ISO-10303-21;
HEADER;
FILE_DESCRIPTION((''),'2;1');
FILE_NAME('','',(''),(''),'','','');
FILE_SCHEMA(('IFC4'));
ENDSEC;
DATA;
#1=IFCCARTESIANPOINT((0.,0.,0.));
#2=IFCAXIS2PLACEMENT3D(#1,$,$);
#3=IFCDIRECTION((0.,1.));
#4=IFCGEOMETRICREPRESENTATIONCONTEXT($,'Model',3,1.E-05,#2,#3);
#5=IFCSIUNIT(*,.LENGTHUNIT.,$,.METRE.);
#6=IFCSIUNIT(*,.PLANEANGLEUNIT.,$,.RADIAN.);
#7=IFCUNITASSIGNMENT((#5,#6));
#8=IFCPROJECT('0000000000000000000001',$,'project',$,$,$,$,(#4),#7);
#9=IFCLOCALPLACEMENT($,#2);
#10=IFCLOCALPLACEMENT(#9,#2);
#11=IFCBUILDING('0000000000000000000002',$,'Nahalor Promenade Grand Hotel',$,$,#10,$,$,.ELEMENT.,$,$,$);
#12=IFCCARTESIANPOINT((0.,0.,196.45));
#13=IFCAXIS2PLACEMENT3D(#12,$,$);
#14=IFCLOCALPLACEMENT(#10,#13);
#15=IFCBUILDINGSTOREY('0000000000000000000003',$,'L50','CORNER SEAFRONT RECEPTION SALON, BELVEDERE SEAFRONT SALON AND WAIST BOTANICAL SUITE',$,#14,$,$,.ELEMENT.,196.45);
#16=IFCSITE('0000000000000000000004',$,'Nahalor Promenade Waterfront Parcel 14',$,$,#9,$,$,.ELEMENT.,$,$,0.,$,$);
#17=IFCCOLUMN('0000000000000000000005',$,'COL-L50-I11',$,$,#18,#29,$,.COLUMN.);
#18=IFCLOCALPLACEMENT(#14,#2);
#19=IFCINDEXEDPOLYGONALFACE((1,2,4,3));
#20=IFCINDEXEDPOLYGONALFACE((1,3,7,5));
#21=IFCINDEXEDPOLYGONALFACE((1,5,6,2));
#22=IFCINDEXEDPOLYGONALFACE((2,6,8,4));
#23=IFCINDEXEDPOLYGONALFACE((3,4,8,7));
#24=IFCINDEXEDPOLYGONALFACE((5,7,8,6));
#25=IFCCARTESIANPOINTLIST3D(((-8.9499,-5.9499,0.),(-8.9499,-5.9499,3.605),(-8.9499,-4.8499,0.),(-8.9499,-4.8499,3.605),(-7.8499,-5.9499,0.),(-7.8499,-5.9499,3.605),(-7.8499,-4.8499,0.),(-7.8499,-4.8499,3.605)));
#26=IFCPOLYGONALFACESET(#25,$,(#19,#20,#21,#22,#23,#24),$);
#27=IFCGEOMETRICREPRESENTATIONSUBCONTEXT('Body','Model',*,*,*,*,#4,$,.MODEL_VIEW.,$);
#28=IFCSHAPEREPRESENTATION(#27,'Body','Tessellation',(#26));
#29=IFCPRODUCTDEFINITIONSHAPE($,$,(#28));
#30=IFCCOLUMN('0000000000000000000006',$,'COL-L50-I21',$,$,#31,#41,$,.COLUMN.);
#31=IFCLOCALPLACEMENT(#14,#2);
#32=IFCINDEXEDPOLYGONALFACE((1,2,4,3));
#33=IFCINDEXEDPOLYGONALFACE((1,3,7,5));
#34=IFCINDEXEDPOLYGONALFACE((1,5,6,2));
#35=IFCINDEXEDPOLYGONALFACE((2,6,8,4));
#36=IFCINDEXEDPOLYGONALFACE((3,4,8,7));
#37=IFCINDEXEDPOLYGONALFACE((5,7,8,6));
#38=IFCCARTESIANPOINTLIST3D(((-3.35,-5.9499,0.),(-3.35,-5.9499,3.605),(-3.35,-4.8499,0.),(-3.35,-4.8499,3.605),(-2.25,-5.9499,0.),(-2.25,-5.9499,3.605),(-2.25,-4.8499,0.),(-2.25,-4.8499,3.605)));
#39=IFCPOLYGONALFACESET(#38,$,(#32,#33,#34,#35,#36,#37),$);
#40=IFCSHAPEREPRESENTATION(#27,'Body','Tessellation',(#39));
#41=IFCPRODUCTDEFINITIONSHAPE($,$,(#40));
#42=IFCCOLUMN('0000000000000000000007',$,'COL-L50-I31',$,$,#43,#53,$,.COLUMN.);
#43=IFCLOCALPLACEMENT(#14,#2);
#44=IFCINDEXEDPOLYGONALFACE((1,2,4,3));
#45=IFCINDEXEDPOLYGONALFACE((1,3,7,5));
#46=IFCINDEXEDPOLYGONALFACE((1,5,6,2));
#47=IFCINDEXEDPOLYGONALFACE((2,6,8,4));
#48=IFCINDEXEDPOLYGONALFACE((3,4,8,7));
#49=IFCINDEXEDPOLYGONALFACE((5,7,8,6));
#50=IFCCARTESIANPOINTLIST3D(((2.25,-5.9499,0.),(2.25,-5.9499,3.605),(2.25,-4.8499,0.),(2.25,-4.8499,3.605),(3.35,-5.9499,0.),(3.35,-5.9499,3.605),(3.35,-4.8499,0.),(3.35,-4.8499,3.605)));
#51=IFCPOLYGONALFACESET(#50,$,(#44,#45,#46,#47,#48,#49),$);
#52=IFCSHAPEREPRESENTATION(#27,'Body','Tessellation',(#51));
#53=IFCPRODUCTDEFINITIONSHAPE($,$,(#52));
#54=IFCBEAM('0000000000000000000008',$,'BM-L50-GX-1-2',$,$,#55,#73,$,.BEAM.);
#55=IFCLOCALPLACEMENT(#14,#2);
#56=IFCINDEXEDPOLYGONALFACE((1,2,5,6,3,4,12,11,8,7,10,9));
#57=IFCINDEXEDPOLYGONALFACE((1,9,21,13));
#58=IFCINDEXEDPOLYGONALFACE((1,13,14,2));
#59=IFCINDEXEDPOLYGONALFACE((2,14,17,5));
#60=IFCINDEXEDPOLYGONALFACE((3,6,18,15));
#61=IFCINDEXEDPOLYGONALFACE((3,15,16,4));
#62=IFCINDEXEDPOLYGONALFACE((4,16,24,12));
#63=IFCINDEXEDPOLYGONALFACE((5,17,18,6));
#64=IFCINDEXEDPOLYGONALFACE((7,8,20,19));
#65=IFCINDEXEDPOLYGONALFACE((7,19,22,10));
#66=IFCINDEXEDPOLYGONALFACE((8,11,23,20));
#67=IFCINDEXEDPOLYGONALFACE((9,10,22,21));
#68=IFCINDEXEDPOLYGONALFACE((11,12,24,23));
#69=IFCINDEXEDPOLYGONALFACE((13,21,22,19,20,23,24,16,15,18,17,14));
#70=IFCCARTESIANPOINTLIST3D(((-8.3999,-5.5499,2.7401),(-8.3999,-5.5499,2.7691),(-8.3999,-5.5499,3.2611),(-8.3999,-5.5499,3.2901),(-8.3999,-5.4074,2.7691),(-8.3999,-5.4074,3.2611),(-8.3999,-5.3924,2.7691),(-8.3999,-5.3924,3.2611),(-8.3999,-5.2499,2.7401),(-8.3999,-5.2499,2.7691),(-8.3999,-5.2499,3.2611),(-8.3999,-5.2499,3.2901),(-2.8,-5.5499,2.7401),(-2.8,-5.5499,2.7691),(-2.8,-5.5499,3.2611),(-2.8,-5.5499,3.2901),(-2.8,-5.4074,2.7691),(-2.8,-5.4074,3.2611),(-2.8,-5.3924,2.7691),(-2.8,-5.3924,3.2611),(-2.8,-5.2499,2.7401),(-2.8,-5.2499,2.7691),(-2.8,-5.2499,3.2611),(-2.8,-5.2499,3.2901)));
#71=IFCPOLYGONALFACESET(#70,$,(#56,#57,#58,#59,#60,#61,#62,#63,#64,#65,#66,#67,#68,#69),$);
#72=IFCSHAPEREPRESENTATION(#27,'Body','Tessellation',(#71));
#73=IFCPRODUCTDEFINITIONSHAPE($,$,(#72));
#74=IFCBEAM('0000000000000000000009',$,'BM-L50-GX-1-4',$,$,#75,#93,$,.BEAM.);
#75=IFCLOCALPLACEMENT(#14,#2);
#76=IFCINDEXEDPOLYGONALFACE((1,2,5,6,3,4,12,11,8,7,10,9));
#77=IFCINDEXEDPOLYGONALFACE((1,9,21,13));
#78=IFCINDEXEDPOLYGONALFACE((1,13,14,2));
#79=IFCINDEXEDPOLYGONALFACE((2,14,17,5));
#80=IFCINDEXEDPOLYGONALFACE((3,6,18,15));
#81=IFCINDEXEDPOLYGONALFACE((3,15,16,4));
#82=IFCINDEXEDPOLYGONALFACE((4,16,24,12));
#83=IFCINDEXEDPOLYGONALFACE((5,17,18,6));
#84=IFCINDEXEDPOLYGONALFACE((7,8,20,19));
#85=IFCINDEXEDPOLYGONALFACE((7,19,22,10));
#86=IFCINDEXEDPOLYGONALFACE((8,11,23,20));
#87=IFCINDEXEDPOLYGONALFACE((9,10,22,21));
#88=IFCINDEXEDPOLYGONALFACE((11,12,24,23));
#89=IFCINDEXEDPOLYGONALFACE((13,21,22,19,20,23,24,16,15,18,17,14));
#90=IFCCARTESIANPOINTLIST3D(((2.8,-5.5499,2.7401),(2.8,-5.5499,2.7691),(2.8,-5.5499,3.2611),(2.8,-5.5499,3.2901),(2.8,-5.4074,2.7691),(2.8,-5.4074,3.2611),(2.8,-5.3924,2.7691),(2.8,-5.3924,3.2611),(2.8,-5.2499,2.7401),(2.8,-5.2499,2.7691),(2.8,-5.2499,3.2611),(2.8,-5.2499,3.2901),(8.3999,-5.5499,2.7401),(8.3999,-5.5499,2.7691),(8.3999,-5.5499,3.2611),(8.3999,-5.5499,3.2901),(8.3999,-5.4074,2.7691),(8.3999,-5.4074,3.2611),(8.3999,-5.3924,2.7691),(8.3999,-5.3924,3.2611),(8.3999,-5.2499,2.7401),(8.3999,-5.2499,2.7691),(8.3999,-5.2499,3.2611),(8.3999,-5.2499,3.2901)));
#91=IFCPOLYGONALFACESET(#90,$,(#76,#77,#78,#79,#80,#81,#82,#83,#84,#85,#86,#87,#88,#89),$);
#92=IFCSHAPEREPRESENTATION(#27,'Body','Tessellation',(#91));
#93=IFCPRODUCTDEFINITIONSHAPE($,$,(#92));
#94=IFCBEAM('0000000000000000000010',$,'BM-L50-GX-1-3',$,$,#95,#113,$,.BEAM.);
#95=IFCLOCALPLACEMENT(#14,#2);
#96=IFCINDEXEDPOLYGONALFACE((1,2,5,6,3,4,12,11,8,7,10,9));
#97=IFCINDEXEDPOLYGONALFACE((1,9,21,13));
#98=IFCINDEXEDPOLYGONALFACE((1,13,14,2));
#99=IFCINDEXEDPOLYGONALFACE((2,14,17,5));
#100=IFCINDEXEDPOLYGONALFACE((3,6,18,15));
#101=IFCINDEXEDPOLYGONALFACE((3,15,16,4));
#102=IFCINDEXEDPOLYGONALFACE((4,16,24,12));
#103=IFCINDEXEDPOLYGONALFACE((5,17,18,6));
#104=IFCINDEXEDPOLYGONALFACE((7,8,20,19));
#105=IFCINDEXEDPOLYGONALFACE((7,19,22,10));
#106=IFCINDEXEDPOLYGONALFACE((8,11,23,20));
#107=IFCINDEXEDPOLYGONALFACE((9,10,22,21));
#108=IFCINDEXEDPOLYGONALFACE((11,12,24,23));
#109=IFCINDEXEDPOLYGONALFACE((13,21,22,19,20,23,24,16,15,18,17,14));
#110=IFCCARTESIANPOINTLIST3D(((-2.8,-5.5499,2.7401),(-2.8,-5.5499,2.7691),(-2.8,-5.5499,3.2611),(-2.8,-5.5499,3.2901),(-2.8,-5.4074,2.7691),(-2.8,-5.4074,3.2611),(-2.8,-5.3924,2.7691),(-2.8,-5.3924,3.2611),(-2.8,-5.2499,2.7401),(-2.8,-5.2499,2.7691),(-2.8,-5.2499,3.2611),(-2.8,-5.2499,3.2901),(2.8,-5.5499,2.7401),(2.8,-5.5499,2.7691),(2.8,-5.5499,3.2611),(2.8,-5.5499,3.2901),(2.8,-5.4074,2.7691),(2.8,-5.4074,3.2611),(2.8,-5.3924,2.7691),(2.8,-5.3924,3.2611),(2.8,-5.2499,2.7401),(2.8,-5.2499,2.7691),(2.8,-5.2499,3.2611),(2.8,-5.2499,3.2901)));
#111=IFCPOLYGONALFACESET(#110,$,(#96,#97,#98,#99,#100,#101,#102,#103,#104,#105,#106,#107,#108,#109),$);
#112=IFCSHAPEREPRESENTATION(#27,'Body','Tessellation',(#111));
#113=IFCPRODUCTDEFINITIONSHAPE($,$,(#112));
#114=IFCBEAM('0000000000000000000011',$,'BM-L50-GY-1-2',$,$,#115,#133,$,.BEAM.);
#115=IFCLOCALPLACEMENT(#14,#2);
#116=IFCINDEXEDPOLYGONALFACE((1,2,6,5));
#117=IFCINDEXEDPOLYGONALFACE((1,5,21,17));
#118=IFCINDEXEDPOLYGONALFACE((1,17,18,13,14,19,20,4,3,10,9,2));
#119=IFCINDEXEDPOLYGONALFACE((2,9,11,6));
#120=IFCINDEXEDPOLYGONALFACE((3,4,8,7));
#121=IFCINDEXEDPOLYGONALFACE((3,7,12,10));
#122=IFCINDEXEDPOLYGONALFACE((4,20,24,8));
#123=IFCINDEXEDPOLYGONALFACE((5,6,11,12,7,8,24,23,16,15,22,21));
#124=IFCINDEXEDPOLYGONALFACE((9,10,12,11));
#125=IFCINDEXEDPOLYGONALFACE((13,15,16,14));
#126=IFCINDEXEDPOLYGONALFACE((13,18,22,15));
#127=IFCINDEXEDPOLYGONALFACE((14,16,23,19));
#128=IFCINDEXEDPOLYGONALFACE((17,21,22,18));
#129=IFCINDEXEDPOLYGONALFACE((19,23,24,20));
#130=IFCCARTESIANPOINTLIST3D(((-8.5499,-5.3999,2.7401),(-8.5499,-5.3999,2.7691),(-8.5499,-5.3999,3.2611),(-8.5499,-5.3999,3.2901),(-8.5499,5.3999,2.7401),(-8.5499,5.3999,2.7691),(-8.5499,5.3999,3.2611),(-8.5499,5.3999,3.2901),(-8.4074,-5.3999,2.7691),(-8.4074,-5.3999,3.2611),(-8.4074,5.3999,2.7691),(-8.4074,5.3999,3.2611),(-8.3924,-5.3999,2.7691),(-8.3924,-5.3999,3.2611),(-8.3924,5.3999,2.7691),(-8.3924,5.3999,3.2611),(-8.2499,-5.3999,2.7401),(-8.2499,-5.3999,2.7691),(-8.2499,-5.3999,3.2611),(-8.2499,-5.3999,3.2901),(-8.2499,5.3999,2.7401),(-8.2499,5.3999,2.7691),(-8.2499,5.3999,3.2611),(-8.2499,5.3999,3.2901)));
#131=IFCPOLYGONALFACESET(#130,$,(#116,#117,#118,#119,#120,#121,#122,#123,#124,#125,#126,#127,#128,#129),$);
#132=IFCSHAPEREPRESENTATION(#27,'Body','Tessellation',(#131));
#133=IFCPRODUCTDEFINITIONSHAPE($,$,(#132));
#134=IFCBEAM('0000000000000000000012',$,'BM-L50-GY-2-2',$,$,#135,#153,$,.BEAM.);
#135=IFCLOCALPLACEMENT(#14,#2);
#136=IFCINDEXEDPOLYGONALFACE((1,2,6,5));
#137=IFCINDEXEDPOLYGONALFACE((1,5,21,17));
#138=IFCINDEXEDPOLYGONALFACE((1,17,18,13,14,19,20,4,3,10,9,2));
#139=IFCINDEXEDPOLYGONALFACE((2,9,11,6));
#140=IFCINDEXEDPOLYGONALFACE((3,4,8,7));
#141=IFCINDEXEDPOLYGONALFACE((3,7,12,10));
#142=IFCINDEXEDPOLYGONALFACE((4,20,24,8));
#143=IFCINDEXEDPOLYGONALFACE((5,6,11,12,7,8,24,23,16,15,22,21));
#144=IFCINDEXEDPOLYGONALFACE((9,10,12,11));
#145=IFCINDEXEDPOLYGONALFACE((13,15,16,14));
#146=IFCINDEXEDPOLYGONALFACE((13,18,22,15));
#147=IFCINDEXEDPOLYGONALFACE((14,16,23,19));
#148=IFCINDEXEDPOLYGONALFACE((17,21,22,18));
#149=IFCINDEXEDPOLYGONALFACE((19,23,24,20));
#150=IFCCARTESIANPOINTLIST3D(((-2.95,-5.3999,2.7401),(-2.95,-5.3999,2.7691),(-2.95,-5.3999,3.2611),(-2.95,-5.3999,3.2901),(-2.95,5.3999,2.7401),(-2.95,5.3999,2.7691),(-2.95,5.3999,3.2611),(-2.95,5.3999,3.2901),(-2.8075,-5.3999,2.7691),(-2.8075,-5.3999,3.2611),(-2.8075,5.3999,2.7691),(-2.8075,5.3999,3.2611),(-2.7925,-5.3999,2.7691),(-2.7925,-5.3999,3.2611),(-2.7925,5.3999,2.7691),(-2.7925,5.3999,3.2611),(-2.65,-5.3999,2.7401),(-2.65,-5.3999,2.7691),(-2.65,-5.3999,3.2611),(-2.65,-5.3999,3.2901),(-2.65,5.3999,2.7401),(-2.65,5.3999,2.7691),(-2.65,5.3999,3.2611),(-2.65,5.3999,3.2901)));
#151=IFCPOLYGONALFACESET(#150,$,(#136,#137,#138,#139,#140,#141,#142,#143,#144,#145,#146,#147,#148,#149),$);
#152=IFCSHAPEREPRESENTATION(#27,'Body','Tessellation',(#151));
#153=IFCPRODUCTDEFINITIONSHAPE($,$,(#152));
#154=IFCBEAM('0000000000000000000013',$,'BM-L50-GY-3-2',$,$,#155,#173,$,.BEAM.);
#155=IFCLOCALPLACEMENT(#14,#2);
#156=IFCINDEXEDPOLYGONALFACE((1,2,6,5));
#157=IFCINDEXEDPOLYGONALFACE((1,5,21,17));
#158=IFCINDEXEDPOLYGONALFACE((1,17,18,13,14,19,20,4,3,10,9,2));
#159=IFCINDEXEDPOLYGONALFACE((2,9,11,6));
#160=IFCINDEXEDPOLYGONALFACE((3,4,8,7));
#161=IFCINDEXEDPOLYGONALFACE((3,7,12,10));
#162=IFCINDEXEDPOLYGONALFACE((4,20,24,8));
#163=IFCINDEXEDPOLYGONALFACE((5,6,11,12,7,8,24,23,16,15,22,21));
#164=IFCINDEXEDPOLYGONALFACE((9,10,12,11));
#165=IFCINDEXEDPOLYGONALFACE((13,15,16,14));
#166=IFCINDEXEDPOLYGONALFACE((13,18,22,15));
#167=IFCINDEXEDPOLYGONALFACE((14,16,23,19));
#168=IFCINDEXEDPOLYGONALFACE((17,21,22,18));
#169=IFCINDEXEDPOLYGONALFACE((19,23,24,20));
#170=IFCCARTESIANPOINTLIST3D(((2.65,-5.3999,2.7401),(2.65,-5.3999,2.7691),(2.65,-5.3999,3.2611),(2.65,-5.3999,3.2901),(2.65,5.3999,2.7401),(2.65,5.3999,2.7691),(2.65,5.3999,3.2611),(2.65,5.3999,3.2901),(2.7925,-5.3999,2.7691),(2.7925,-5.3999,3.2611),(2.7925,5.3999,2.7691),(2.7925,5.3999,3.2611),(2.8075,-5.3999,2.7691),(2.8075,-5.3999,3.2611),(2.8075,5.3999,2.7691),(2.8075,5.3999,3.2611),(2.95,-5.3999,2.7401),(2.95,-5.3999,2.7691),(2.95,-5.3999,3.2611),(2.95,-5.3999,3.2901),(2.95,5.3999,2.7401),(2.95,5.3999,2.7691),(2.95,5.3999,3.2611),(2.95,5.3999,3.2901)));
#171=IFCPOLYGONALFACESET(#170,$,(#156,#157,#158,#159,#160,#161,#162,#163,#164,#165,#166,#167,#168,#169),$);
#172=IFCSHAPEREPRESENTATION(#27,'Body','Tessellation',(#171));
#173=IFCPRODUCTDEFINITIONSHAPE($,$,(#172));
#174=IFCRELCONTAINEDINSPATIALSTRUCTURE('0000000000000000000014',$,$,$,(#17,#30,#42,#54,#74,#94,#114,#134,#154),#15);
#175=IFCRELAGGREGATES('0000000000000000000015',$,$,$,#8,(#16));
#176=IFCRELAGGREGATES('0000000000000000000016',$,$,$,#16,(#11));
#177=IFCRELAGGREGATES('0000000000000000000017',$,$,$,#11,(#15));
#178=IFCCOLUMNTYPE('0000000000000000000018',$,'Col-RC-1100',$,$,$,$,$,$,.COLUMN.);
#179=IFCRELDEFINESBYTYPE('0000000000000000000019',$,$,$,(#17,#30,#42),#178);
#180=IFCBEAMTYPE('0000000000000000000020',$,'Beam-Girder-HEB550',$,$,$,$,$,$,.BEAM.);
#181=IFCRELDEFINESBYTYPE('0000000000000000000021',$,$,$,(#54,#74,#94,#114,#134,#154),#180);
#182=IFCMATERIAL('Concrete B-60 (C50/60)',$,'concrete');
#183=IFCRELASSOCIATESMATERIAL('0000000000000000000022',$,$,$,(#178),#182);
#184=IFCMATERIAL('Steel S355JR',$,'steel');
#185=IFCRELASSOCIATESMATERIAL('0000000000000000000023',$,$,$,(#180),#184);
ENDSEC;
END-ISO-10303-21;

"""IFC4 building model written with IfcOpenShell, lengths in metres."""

from ifc_helpers import new_model, si_unit, direction, frame, origin, origin_2d, place, context, subcontext, project, spatial, rectangle, i_section, extrude, source, transform, mapped, material, material_profile, profile_set, type_object, element, save


model = new_model("IFC4")

# Units and contexts
model_context = context("Model", 3, precision=1e-05, world=origin(), true_north=direction((0.0, 1.0)))
body_context = subcontext(model_context, "Body", "Model", "MODEL_VIEW")
ifc_project = project(units=[si_unit("LENGTHUNIT", "METRE"), si_unit("PLANEANGLEUNIT", "RADIAN")], contexts=[model_context])

# Site, building, storey
site_placement = place(None, origin())
site = spatial("IfcSite", under=ifc_project, at=site_placement, Name="Nahalor Promenade Waterfront Parcel 14", CompositionType="ELEMENT", RefElevation=0.0)
building_placement = place(site_placement, origin())
building = spatial("IfcBuilding", under=site, at=building_placement, Name="Nahalor Promenade Grand Hotel", CompositionType="ELEMENT")
storey_placement = place(building_placement, frame((0.0, 0.0, 196.45)))
storey = spatial("IfcBuildingStorey", under=building, at=storey_placement, Name="L50", Description="CORNER SEAFRONT RECEPTION SALON, BELVEDERE SEAFRONT SALON AND WAIST BOTANICAL SUITE", CompositionType="ELEMENT", Elevation=196.45)

# Columns
ifc_material_1 = material(Name="Concrete B-60 (C50/60)", Category="concrete")
ifc_material_profile_1 = material_profile(ifc_material_1, rectangle(XDim=1.1, YDim=1.1, at=origin_2d()), Name="RC 1100x1100")
ifc_profile_set_1 = profile_set([ifc_material_profile_1], Name="Concrete B-60 (C50/60)")
column_type = type_object("IfcColumnType", Name="Col-RC-1100", PredefinedType="COLUMN", material=ifc_profile_set_1)
shared_shape_1 = source(origin(), body_context, "Body", "SweptSolid", [
    extrude(rectangle(XDim=1.1, YDim=1.1, at=origin_2d()), origin(), (0.0, 0.0, 1.0), 3.605),
])
for number, where, z_axis, x_axis, name in (
    (1, (-8.3999, -5.3999, 0.0), (0.0, 0.0, 1.0), (1.0, 0.0, 0.0), "COL-L50-I11"),
    (2, (-2.8, -5.3999, 0.0), (0.0, 0.0, 1.0), (1.0, 0.0, 0.0), "COL-L50-I21"),
    (3, (2.8, -5.3999, 0.0), (0.0, 0.0, 1.0), (1.0, 0.0, 0.0), "COL-L50-I31"),
):
    element("IfcColumn", number, at=place(storey_placement, frame(where, z_axis=z_axis, x_axis=x_axis)), inside=storey, type_object=column_type, Name=name, PredefinedType="COLUMN", context=body_context, shape_type="MappedRepresentation", body=[
        mapped(shared_shape_1, transform((0.0, 0.0, 0.0), scale=1.0)),
    ])

# Beams
ifc_material_2 = material(Name="Steel S355JR", Category="steel")
ifc_material_profile_2 = material_profile(ifc_material_2, i_section(OverallWidth=0.3, OverallDepth=0.55, WebThickness=0.015, FlangeThickness=0.029, at=origin_2d()), Name="HEB 550")
ifc_profile_set_2 = profile_set([ifc_material_profile_2], Name="Steel S355JR")
beam_type = type_object("IfcBeamType", Name="Beam-Girder-HEB550", PredefinedType="BEAM", material=ifc_profile_set_2)
shared_shape_2 = source(origin(), body_context, "Body", "SweptSolid", [
    extrude(i_section(OverallWidth=0.3, OverallDepth=0.55, WebThickness=0.015, FlangeThickness=0.029, at=origin_2d()), origin(), (0.0, 0.0, 1.0), 5.5999),
])
for number, where, z_axis, x_axis, name in (
    (4, (-8.3999, -5.3999, 3.0151), (1.0, 0.0, 0.0), (0.0, 1.0, 0.0), "BM-L50-GX-1-2"),
    (5, (2.8, -5.3999, 3.0151), (1.0, 0.0, 0.0), (0.0, 1.0, 0.0), "BM-L50-GX-1-4"),
):
    element("IfcBeam", number, at=place(storey_placement, frame(where, z_axis=z_axis, x_axis=x_axis)), inside=storey, type_object=beam_type, Name=name, PredefinedType="BEAM", context=body_context, shape_type="MappedRepresentation", body=[
        mapped(shared_shape_2, transform((0.0, 0.0, 0.0), scale=1.0)),
    ])
shared_shape_3 = source(origin(), body_context, "Body", "SweptSolid", [
    extrude(i_section(OverallWidth=0.3, OverallDepth=0.55, WebThickness=0.015, FlangeThickness=0.029, at=origin_2d()), origin(), (0.0, 0.0, 1.0), 5.6001),
])
beam_placement = place(storey_placement, frame((-2.8, -5.3999, 3.0151), z_axis=(1.0, 0.0, 0.0), x_axis=(0.0, 1.0, 0.0)))
element("IfcBeam", 6, at=beam_placement, inside=storey, type_object=beam_type, Name="BM-L50-GX-1-3", PredefinedType="BEAM", context=body_context, shape_type="MappedRepresentation", body=[
    mapped(shared_shape_3, transform((0.0, 0.0, 0.0), scale=1.0)),
])
shared_shape_4 = source(origin(), body_context, "Body", "SweptSolid", [
    extrude(i_section(OverallWidth=0.3, OverallDepth=0.55, WebThickness=0.015, FlangeThickness=0.029, at=origin_2d()), origin(), (0.0, 0.0, 1.0), 10.7998),
])
for number, where, z_axis, x_axis, name in (
    (7, (-8.3999, -5.3999, 3.0151), (0.0, 1.0, 0.0), (-1.0, 0.0, 0.0), "BM-L50-GY-1-2"),
    (8, (-2.8, -5.3999, 3.0151), (0.0, 1.0, 0.0), (-1.0, 0.0, 0.0), "BM-L50-GY-2-2"),
    (9, (2.8, -5.3999, 3.0151), (0.0, 1.0, 0.0), (-1.0, 0.0, 0.0), "BM-L50-GY-3-2"),
):
    element("IfcBeam", number, at=place(storey_placement, frame(where, z_axis=z_axis, x_axis=x_axis)), inside=storey, type_object=beam_type, Name=name, PredefinedType="BEAM", context=body_context, shape_type="MappedRepresentation", body=[
        mapped(shared_shape_4, transform((0.0, 0.0, 0.0), scale=1.0)),
    ])

save(model, "model.ifc")
